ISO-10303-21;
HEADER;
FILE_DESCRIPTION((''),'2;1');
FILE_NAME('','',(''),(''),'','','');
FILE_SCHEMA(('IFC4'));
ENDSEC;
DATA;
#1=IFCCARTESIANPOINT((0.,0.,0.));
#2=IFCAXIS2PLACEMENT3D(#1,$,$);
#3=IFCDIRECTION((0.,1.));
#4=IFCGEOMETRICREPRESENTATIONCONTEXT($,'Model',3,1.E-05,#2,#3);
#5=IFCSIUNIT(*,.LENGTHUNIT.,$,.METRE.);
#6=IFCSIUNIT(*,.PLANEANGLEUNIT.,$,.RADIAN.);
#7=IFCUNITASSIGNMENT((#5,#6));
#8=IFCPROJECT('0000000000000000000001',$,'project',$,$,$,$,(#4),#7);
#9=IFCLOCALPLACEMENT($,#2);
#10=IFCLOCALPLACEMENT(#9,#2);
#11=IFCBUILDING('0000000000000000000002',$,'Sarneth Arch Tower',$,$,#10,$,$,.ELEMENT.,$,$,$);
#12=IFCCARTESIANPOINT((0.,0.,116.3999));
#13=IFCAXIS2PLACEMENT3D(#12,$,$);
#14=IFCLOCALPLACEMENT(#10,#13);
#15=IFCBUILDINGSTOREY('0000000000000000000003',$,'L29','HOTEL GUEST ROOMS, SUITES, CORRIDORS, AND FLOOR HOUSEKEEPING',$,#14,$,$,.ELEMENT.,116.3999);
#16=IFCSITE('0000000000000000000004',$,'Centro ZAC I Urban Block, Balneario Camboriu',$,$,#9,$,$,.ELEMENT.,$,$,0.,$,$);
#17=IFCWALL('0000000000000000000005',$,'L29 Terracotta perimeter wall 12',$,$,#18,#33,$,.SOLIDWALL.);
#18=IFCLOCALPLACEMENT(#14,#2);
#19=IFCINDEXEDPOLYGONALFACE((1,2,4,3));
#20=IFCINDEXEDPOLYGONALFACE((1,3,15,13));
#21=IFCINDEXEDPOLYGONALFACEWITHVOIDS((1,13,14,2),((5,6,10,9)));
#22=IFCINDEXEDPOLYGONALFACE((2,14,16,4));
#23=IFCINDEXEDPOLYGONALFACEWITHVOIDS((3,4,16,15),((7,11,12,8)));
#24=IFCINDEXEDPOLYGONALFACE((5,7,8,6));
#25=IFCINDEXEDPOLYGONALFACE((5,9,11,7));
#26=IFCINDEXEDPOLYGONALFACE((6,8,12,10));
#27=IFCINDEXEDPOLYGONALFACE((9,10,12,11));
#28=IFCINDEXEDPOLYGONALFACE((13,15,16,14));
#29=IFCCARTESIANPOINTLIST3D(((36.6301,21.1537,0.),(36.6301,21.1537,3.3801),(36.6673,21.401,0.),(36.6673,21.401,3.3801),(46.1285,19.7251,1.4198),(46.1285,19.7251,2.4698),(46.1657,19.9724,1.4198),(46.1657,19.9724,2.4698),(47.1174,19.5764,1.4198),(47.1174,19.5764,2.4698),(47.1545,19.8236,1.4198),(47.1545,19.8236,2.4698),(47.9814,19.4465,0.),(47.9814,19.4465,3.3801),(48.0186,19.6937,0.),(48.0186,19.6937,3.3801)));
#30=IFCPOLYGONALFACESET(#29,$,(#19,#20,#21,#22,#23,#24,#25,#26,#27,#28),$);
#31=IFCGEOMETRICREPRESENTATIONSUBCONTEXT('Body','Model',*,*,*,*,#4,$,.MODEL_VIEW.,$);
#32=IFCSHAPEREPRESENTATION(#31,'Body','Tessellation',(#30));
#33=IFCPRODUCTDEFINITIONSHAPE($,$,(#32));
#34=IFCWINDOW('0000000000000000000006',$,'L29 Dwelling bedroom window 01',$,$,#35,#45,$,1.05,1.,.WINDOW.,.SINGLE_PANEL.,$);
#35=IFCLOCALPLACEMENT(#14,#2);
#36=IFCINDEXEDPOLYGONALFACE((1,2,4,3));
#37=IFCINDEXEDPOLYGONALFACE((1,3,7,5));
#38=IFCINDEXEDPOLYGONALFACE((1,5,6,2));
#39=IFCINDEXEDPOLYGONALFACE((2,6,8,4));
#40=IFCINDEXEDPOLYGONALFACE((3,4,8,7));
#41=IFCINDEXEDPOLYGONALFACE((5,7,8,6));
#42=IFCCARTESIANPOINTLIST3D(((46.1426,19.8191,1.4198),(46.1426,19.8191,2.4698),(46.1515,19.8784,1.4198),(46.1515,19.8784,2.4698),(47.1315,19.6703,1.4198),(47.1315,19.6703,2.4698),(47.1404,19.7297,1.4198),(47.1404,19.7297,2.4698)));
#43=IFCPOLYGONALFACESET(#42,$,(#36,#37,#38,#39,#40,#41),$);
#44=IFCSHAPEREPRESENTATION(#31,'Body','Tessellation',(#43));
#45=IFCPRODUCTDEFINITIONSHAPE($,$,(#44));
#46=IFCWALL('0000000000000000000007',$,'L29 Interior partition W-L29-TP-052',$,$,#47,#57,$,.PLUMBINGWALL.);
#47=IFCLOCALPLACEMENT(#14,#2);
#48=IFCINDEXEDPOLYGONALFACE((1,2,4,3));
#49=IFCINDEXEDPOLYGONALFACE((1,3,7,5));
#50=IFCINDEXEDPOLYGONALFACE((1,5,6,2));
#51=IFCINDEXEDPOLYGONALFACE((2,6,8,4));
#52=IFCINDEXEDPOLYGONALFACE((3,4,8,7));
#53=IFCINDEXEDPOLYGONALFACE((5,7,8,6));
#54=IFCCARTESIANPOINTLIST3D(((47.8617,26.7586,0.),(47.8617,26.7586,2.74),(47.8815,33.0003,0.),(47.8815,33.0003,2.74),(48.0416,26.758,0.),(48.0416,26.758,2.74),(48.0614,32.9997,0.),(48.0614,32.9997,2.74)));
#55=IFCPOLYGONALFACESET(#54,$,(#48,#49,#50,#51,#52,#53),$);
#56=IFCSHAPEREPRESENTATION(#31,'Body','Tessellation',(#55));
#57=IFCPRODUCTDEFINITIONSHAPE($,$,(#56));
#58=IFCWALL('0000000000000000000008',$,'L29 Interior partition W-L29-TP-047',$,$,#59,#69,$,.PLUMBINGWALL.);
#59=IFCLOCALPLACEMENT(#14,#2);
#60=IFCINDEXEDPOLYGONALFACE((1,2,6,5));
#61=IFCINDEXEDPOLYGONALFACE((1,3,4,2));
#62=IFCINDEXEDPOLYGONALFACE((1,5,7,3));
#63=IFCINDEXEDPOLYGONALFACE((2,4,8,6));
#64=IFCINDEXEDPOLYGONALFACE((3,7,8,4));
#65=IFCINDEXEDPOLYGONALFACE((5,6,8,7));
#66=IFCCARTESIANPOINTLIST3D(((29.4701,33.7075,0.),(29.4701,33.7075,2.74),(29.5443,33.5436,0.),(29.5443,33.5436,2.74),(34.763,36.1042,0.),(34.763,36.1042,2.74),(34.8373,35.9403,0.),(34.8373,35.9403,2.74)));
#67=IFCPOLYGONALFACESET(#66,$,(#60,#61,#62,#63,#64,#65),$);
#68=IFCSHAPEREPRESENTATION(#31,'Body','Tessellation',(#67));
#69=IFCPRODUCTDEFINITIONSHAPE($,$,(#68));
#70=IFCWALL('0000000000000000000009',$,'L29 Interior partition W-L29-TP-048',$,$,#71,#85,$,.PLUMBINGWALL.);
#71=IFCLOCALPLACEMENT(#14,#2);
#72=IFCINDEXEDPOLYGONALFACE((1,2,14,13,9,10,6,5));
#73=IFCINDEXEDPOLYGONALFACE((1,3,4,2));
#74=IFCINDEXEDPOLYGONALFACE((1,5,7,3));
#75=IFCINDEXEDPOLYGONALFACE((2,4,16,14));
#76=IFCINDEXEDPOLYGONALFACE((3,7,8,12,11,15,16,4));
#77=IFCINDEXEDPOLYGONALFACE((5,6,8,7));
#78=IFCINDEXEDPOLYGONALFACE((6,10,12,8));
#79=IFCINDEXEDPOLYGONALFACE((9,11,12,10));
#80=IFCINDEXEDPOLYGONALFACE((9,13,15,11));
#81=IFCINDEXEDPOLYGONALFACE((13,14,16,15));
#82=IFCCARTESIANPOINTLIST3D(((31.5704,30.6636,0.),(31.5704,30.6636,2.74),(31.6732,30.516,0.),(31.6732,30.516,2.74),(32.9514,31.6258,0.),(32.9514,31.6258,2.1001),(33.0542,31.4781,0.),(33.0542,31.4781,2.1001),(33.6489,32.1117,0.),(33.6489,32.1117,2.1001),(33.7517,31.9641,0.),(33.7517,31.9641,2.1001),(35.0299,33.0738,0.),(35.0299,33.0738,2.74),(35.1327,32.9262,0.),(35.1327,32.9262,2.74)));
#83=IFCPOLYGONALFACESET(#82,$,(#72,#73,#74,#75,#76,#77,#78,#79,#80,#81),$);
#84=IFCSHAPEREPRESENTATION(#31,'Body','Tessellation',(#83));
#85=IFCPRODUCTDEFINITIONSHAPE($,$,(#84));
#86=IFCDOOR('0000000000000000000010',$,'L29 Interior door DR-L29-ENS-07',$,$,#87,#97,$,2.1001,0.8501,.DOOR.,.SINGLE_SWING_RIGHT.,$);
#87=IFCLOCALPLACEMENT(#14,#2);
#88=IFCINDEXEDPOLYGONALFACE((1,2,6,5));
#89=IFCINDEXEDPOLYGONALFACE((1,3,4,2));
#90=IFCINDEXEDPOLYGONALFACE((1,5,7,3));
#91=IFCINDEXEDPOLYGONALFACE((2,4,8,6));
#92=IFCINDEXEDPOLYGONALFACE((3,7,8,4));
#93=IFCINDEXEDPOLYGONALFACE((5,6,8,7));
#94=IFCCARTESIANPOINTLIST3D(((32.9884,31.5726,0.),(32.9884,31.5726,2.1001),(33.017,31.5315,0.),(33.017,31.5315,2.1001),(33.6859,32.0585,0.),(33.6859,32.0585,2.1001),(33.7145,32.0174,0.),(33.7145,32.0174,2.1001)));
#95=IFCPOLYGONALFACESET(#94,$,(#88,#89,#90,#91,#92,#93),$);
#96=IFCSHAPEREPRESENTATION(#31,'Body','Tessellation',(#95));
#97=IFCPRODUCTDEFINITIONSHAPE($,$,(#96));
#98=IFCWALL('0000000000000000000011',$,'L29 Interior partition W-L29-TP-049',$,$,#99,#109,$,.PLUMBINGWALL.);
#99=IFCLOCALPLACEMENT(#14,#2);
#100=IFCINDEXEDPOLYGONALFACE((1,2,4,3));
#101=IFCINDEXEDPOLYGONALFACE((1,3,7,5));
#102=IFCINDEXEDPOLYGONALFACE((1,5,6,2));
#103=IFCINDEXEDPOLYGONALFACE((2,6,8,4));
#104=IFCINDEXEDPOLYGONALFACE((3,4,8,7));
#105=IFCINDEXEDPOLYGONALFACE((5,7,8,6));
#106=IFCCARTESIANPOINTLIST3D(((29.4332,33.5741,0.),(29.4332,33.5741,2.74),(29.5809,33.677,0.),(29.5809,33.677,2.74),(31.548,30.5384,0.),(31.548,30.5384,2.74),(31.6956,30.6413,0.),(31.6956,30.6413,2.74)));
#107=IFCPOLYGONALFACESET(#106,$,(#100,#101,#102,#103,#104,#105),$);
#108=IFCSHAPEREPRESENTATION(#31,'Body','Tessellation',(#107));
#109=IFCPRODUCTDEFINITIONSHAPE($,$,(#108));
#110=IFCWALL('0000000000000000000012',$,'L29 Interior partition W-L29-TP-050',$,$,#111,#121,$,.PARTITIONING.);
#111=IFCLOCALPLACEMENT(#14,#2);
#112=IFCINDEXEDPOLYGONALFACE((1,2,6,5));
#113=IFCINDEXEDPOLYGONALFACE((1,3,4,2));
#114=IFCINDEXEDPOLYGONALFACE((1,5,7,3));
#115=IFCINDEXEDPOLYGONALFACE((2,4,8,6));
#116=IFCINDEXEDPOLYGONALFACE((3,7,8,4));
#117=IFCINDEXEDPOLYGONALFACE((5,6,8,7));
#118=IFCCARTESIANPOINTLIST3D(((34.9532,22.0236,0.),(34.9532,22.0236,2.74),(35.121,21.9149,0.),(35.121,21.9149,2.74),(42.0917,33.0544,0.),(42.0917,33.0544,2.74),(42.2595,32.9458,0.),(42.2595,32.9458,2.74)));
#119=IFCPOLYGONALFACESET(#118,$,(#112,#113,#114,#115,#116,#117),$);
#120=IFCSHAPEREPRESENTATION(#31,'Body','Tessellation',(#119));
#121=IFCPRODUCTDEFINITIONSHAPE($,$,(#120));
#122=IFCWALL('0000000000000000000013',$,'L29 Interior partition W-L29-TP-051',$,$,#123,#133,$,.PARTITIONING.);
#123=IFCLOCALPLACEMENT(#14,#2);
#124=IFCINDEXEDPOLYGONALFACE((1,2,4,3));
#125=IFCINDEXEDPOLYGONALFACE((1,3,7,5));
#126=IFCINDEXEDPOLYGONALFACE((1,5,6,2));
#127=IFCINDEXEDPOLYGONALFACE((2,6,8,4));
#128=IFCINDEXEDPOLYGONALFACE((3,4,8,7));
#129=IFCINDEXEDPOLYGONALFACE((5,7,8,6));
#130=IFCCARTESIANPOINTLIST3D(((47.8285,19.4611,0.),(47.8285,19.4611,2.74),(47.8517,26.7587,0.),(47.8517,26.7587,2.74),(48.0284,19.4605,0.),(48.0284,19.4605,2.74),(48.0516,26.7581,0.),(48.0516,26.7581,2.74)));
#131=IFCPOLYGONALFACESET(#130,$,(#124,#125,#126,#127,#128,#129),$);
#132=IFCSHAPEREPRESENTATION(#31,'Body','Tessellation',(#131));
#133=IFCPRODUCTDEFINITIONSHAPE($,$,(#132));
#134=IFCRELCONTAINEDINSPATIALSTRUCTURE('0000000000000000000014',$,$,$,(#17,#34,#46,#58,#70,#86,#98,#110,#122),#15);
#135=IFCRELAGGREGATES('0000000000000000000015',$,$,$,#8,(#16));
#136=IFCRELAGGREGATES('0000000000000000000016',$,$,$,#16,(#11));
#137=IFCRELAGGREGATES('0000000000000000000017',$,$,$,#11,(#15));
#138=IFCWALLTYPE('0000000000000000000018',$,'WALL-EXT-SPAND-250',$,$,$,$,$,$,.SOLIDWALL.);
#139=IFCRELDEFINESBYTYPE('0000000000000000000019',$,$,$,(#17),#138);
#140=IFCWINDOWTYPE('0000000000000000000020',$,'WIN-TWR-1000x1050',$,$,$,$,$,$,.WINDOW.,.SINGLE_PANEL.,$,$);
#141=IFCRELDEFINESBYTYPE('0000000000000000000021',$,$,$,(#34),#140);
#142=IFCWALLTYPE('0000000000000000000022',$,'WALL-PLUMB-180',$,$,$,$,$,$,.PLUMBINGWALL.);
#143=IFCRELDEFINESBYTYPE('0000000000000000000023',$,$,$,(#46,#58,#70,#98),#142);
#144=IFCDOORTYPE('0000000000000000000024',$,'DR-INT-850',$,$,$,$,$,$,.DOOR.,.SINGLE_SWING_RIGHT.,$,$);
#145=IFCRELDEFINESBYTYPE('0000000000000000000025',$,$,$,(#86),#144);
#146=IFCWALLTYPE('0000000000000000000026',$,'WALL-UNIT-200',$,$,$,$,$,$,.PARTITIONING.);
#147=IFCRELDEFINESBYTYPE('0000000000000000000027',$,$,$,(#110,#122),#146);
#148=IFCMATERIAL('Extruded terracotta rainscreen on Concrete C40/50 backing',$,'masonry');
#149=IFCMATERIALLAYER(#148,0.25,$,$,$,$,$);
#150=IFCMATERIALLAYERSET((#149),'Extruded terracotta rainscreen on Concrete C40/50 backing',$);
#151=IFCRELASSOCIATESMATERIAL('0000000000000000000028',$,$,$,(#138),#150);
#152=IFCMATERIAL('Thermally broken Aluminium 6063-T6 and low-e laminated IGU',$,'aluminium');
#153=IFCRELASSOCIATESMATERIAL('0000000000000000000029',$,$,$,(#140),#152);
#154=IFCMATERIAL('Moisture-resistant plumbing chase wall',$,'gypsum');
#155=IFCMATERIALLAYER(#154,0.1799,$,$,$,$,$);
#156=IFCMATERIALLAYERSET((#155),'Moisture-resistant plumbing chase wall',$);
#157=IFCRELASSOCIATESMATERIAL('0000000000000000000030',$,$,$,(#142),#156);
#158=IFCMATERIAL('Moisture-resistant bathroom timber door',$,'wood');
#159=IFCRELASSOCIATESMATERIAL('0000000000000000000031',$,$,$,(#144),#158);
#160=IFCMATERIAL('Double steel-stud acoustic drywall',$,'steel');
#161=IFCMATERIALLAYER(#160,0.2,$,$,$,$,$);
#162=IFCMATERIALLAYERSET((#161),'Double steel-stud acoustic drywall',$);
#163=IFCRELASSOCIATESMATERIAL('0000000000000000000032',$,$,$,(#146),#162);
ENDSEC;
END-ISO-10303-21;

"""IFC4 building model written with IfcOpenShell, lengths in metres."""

from ifc_helpers import new_model, si_unit, direction, frame, frame_2d, origin, place, context, subcontext, project, spatial, rectangle, extrude, material, layer, layer_set, type_object, element, fill, save


model = new_model("IFC4")

# Units and contexts
model_context = context("Model", 3, precision=1e-05, world=origin(), true_north=direction((0.0, 1.0)))
body_context = subcontext(model_context, "Body", "Model", "MODEL_VIEW")
ifc_project = project(units=[si_unit("LENGTHUNIT", "METRE"), si_unit("PLANEANGLEUNIT", "RADIAN")], contexts=[model_context])

# Site, building, storey
site_placement = place(None, origin())
site = spatial("IfcSite", under=ifc_project, at=site_placement, Name="Centro ZAC I Urban Block, Balneario Camboriu", CompositionType="ELEMENT", RefElevation=0.0)
building_placement = place(site_placement, origin())
building = spatial("IfcBuilding", under=site, at=building_placement, Name="Sarneth Arch Tower", CompositionType="ELEMENT")
storey_placement = place(building_placement, frame((0.0, 0.0, 116.3999)))
storey = spatial("IfcBuildingStorey", under=building, at=storey_placement, Name="L29", Description="HOTEL GUEST ROOMS, SUITES, CORRIDORS, AND FLOOR HOUSEKEEPING", CompositionType="ELEMENT", Elevation=116.3999)

# Wall, opening, window
ifc_material_1 = material(Name="Extruded terracotta rainscreen on Concrete C40/50 backing", Category="masonry")
ifc_layer_1 = layer(ifc_material_1, 0.25)
ifc_layer_set_1 = layer_set([ifc_layer_1], Name="Extruded terracotta rainscreen on Concrete C40/50 backing")
wall_type_1 = type_object("IfcWallType", Name="WALL-EXT-SPAND-250", PredefinedType="SOLIDWALL", material=ifc_layer_set_1)
wall_1_placement = place(storey_placement, frame((36.6487, 21.2773, 0.0), z_axis=(0.0, 0.0, 1.0), x_axis=(0.988878, -0.14873, 0.0)))
wall_1 = element("IfcWall", 1, at=wall_1_placement, inside=storey, type_object=wall_type_1, Name="L29 Terracotta perimeter wall 12", PredefinedType="SOLIDWALL", context=body_context, shape_type="SweptSolid", body=[
    extrude(rectangle(XDim=11.479, YDim=0.25, at=frame_2d((5.7395, 0.0))), origin(), (0.0, 0.0, 1.0), 3.3801),
])
opening_1_placement = place(wall_1_placement, frame((9.6052, 0.0, 1.4199)))
opening_1 = element("IfcOpeningElement", 2, at=opening_1_placement, cuts=wall_1, PredefinedType="OPENING", context=body_context, shape_type="SweptSolid", body=[
    extrude(rectangle(XDim=1.0, YDim=1.05, at=frame_2d((0.5, 0.5249))), frame((0.0, 0.135, 0.0), z_axis=(0.0, -1.0, 0.0), x_axis=(1.0, 0.0, 0.0)), (0.0, 0.0, 1.0), 0.27),
])
ifc_material_2 = material(Name="Thermally broken Aluminium 6063-T6 and low-e laminated IGU", Category="aluminium")
window_type = type_object("IfcWindowType", Name="WIN-TWR-1000x1050", PartitioningType="SINGLE_PANEL", PredefinedType="WINDOW", material=ifc_material_2)
window_placement = place(opening_1_placement, origin())
window = element("IfcWindow", 3, at=window_placement, inside=storey, type_object=window_type, Name="L29 Dwelling bedroom window 01", OverallHeight=1.05, OverallWidth=1.0, PartitioningType="SINGLE_PANEL", PredefinedType="WINDOW", context=body_context, shape_type="SweptSolid", body=[
    extrude(rectangle(XDim=1.0, YDim=1.05, at=frame_2d((0.5, 0.5249))), frame((0.0, 0.03, 0.0), z_axis=(0.0, -1.0, 0.0), x_axis=(1.0, 0.0, 0.0)), (0.0, 0.0, 1.0), 0.0601),
])
fill(opening_1, window)

# Walls
ifc_material_3 = material(Name="Moisture-resistant plumbing chase wall", Category="gypsum")
ifc_layer_2 = layer(ifc_material_3, 0.1799)
ifc_layer_set_2 = layer_set([ifc_layer_2], Name="Moisture-resistant plumbing chase wall")
wall_type_2 = type_object("IfcWallType", Name="WALL-PLUMB-180", PredefinedType="PLUMBINGWALL", material=ifc_layer_set_2)
wall_2_placement = place(storey_placement, frame((47.9517, 26.7583, 0.0), z_axis=(0.0, 0.0, 1.0), x_axis=(0.003168, 0.999995, 0.0)))
element("IfcWall", 4, at=wall_2_placement, inside=storey, type_object=wall_type_2, Name="L29 Interior partition W-L29-TP-052", PredefinedType="PLUMBINGWALL", context=body_context, shape_type="SweptSolid", body=[
    extrude(rectangle(XDim=6.2417, YDim=0.1799, at=frame_2d((3.1208, 0.0))), origin(), (0.0, 0.0, 1.0), 2.74),
])
wall_3_placement = place(storey_placement, frame((29.5071, 33.6255, 0.0), z_axis=(0.0, 0.0, 1.0), x_axis=(0.91096, 0.412495, 0.0)))
element("IfcWall", 5, at=wall_3_placement, inside=storey, type_object=wall_type_2, Name="L29 Interior partition W-L29-TP-047", PredefinedType="PLUMBINGWALL", context=body_context, shape_type="SweptSolid", body=[
    extrude(rectangle(XDim=5.8103, YDim=0.1799, at=frame_2d((2.9053, 0.0))), origin(), (0.0, 0.0, 1.0), 2.74),
])

# Wall, opening, door
wall_4_placement = place(storey_placement, frame((35.0813, 33.0, 0.0), z_axis=(0.0, 0.0, 1.0), x_axis=(-0.820508, -0.571634, 0.0)))
wall_4 = element("IfcWall", 6, at=wall_4_placement, inside=storey, type_object=wall_type_2, Name="L29 Interior partition W-L29-TP-048", PredefinedType="PLUMBINGWALL", context=body_context, shape_type="SweptSolid", body=[
    extrude(rectangle(XDim=4.2163, YDim=0.1799, at=frame_2d((2.1082, 0.0))), origin(), (0.0, 0.0, 1.0), 2.74),
])
opening_2_placement = place(wall_4_placement, frame((1.6831, 0.0, 0.0)))
opening_2 = element("IfcOpeningElement", 7, at=opening_2_placement, cuts=wall_4, PredefinedType="OPENING", context=body_context, shape_type="SweptSolid", body=[
    extrude(rectangle(XDim=0.8501, YDim=2.1001, at=frame_2d((0.425, 1.05))), frame((0.0, 0.0999, 0.0), z_axis=(0.0, -1.0, 0.0), x_axis=(1.0, 0.0, 0.0)), (0.0, 0.0, 1.0), 0.2),
])
ifc_material_4 = material(Name="Moisture-resistant bathroom timber door", Category="wood")
door_type_1 = type_object("IfcDoorType", Name="DR-INT-850", OperationType="SINGLE_SWING_RIGHT", PredefinedType="DOOR", material=ifc_material_4)
door_1_placement = place(opening_2_placement, origin())
door_1 = element("IfcDoor", 8, at=door_1_placement, inside=storey, type_object=door_type_1, Name="L29 Interior door DR-L29-ENS-07", OperationType="SINGLE_SWING_RIGHT", OverallHeight=2.1001, OverallWidth=0.8501, PredefinedType="DOOR", context=body_context, shape_type="SweptSolid", body=[
    extrude(rectangle(XDim=0.8501, YDim=2.1001, at=frame_2d((0.425, 1.05))), frame((0.0, 0.0249, 0.0), z_axis=(0.0, -1.0, 0.0), x_axis=(1.0, 0.0, 0.0)), (0.0, 0.0, 1.0), 0.05),
])
fill(opening_2, door_1)

# Walls
wall_5_placement = place(storey_placement, frame((31.6218, 30.5898, 0.0), z_axis=(0.0, 0.0, 1.0), x_axis=(-0.57161, 0.820526, 0.0)))
element("IfcWall", 9, at=wall_5_placement, inside=storey, type_object=wall_type_2, Name="L29 Interior partition W-L29-TP-049", PredefinedType="PLUMBINGWALL", context=body_context, shape_type="SweptSolid", body=[
    extrude(rectangle(XDim=3.6997, YDim=0.1799, at=frame_2d((1.8499, 0.0))), origin(), (0.0, 0.0, 1.0), 2.74),
])
ifc_material_5 = material(Name="Double steel-stud acoustic drywall", Category="steel")
ifc_layer_3 = layer(ifc_material_5, 0.2)
ifc_layer_set_3 = layer_set([ifc_layer_3], Name="Double steel-stud acoustic drywall")
wall_type_3 = type_object("IfcWallType", Name="WALL-UNIT-200", PredefinedType="PARTITIONING", material=ifc_layer_set_3)
wall_6_placement = place(storey_placement, frame((35.0371, 21.9692, 0.0), z_axis=(0.0, 0.0, 1.0), x_axis=(0.543298, 0.83954, 0.0)))
element("IfcWall", 10, at=wall_6_placement, inside=storey, type_object=wall_type_3, Name="L29 Interior partition W-L29-TP-050", PredefinedType="PARTITIONING", context=body_context, shape_type="SweptSolid", body=[
    extrude(rectangle(XDim=13.1392, YDim=0.2, at=frame_2d((6.5696, 0.0))), origin(), (0.0, 0.0, 1.0), 2.74),
])
wall_7_placement = place(storey_placement, frame((47.9285, 19.4607, 0.0), z_axis=(0.0, 0.0, 1.0), x_axis=(0.003178, 0.999995, 0.0)))
element("IfcWall", 11, at=wall_7_placement, inside=storey, type_object=wall_type_3, Name="L29 Interior partition W-L29-TP-051", PredefinedType="PARTITIONING", context=body_context, shape_type="SweptSolid", body=[
    extrude(rectangle(XDim=7.2976, YDim=0.2, at=frame_2d((3.6489, 0.0))), origin(), (0.0, 0.0, 1.0), 2.74),
])

save(model, "model.ifc")
